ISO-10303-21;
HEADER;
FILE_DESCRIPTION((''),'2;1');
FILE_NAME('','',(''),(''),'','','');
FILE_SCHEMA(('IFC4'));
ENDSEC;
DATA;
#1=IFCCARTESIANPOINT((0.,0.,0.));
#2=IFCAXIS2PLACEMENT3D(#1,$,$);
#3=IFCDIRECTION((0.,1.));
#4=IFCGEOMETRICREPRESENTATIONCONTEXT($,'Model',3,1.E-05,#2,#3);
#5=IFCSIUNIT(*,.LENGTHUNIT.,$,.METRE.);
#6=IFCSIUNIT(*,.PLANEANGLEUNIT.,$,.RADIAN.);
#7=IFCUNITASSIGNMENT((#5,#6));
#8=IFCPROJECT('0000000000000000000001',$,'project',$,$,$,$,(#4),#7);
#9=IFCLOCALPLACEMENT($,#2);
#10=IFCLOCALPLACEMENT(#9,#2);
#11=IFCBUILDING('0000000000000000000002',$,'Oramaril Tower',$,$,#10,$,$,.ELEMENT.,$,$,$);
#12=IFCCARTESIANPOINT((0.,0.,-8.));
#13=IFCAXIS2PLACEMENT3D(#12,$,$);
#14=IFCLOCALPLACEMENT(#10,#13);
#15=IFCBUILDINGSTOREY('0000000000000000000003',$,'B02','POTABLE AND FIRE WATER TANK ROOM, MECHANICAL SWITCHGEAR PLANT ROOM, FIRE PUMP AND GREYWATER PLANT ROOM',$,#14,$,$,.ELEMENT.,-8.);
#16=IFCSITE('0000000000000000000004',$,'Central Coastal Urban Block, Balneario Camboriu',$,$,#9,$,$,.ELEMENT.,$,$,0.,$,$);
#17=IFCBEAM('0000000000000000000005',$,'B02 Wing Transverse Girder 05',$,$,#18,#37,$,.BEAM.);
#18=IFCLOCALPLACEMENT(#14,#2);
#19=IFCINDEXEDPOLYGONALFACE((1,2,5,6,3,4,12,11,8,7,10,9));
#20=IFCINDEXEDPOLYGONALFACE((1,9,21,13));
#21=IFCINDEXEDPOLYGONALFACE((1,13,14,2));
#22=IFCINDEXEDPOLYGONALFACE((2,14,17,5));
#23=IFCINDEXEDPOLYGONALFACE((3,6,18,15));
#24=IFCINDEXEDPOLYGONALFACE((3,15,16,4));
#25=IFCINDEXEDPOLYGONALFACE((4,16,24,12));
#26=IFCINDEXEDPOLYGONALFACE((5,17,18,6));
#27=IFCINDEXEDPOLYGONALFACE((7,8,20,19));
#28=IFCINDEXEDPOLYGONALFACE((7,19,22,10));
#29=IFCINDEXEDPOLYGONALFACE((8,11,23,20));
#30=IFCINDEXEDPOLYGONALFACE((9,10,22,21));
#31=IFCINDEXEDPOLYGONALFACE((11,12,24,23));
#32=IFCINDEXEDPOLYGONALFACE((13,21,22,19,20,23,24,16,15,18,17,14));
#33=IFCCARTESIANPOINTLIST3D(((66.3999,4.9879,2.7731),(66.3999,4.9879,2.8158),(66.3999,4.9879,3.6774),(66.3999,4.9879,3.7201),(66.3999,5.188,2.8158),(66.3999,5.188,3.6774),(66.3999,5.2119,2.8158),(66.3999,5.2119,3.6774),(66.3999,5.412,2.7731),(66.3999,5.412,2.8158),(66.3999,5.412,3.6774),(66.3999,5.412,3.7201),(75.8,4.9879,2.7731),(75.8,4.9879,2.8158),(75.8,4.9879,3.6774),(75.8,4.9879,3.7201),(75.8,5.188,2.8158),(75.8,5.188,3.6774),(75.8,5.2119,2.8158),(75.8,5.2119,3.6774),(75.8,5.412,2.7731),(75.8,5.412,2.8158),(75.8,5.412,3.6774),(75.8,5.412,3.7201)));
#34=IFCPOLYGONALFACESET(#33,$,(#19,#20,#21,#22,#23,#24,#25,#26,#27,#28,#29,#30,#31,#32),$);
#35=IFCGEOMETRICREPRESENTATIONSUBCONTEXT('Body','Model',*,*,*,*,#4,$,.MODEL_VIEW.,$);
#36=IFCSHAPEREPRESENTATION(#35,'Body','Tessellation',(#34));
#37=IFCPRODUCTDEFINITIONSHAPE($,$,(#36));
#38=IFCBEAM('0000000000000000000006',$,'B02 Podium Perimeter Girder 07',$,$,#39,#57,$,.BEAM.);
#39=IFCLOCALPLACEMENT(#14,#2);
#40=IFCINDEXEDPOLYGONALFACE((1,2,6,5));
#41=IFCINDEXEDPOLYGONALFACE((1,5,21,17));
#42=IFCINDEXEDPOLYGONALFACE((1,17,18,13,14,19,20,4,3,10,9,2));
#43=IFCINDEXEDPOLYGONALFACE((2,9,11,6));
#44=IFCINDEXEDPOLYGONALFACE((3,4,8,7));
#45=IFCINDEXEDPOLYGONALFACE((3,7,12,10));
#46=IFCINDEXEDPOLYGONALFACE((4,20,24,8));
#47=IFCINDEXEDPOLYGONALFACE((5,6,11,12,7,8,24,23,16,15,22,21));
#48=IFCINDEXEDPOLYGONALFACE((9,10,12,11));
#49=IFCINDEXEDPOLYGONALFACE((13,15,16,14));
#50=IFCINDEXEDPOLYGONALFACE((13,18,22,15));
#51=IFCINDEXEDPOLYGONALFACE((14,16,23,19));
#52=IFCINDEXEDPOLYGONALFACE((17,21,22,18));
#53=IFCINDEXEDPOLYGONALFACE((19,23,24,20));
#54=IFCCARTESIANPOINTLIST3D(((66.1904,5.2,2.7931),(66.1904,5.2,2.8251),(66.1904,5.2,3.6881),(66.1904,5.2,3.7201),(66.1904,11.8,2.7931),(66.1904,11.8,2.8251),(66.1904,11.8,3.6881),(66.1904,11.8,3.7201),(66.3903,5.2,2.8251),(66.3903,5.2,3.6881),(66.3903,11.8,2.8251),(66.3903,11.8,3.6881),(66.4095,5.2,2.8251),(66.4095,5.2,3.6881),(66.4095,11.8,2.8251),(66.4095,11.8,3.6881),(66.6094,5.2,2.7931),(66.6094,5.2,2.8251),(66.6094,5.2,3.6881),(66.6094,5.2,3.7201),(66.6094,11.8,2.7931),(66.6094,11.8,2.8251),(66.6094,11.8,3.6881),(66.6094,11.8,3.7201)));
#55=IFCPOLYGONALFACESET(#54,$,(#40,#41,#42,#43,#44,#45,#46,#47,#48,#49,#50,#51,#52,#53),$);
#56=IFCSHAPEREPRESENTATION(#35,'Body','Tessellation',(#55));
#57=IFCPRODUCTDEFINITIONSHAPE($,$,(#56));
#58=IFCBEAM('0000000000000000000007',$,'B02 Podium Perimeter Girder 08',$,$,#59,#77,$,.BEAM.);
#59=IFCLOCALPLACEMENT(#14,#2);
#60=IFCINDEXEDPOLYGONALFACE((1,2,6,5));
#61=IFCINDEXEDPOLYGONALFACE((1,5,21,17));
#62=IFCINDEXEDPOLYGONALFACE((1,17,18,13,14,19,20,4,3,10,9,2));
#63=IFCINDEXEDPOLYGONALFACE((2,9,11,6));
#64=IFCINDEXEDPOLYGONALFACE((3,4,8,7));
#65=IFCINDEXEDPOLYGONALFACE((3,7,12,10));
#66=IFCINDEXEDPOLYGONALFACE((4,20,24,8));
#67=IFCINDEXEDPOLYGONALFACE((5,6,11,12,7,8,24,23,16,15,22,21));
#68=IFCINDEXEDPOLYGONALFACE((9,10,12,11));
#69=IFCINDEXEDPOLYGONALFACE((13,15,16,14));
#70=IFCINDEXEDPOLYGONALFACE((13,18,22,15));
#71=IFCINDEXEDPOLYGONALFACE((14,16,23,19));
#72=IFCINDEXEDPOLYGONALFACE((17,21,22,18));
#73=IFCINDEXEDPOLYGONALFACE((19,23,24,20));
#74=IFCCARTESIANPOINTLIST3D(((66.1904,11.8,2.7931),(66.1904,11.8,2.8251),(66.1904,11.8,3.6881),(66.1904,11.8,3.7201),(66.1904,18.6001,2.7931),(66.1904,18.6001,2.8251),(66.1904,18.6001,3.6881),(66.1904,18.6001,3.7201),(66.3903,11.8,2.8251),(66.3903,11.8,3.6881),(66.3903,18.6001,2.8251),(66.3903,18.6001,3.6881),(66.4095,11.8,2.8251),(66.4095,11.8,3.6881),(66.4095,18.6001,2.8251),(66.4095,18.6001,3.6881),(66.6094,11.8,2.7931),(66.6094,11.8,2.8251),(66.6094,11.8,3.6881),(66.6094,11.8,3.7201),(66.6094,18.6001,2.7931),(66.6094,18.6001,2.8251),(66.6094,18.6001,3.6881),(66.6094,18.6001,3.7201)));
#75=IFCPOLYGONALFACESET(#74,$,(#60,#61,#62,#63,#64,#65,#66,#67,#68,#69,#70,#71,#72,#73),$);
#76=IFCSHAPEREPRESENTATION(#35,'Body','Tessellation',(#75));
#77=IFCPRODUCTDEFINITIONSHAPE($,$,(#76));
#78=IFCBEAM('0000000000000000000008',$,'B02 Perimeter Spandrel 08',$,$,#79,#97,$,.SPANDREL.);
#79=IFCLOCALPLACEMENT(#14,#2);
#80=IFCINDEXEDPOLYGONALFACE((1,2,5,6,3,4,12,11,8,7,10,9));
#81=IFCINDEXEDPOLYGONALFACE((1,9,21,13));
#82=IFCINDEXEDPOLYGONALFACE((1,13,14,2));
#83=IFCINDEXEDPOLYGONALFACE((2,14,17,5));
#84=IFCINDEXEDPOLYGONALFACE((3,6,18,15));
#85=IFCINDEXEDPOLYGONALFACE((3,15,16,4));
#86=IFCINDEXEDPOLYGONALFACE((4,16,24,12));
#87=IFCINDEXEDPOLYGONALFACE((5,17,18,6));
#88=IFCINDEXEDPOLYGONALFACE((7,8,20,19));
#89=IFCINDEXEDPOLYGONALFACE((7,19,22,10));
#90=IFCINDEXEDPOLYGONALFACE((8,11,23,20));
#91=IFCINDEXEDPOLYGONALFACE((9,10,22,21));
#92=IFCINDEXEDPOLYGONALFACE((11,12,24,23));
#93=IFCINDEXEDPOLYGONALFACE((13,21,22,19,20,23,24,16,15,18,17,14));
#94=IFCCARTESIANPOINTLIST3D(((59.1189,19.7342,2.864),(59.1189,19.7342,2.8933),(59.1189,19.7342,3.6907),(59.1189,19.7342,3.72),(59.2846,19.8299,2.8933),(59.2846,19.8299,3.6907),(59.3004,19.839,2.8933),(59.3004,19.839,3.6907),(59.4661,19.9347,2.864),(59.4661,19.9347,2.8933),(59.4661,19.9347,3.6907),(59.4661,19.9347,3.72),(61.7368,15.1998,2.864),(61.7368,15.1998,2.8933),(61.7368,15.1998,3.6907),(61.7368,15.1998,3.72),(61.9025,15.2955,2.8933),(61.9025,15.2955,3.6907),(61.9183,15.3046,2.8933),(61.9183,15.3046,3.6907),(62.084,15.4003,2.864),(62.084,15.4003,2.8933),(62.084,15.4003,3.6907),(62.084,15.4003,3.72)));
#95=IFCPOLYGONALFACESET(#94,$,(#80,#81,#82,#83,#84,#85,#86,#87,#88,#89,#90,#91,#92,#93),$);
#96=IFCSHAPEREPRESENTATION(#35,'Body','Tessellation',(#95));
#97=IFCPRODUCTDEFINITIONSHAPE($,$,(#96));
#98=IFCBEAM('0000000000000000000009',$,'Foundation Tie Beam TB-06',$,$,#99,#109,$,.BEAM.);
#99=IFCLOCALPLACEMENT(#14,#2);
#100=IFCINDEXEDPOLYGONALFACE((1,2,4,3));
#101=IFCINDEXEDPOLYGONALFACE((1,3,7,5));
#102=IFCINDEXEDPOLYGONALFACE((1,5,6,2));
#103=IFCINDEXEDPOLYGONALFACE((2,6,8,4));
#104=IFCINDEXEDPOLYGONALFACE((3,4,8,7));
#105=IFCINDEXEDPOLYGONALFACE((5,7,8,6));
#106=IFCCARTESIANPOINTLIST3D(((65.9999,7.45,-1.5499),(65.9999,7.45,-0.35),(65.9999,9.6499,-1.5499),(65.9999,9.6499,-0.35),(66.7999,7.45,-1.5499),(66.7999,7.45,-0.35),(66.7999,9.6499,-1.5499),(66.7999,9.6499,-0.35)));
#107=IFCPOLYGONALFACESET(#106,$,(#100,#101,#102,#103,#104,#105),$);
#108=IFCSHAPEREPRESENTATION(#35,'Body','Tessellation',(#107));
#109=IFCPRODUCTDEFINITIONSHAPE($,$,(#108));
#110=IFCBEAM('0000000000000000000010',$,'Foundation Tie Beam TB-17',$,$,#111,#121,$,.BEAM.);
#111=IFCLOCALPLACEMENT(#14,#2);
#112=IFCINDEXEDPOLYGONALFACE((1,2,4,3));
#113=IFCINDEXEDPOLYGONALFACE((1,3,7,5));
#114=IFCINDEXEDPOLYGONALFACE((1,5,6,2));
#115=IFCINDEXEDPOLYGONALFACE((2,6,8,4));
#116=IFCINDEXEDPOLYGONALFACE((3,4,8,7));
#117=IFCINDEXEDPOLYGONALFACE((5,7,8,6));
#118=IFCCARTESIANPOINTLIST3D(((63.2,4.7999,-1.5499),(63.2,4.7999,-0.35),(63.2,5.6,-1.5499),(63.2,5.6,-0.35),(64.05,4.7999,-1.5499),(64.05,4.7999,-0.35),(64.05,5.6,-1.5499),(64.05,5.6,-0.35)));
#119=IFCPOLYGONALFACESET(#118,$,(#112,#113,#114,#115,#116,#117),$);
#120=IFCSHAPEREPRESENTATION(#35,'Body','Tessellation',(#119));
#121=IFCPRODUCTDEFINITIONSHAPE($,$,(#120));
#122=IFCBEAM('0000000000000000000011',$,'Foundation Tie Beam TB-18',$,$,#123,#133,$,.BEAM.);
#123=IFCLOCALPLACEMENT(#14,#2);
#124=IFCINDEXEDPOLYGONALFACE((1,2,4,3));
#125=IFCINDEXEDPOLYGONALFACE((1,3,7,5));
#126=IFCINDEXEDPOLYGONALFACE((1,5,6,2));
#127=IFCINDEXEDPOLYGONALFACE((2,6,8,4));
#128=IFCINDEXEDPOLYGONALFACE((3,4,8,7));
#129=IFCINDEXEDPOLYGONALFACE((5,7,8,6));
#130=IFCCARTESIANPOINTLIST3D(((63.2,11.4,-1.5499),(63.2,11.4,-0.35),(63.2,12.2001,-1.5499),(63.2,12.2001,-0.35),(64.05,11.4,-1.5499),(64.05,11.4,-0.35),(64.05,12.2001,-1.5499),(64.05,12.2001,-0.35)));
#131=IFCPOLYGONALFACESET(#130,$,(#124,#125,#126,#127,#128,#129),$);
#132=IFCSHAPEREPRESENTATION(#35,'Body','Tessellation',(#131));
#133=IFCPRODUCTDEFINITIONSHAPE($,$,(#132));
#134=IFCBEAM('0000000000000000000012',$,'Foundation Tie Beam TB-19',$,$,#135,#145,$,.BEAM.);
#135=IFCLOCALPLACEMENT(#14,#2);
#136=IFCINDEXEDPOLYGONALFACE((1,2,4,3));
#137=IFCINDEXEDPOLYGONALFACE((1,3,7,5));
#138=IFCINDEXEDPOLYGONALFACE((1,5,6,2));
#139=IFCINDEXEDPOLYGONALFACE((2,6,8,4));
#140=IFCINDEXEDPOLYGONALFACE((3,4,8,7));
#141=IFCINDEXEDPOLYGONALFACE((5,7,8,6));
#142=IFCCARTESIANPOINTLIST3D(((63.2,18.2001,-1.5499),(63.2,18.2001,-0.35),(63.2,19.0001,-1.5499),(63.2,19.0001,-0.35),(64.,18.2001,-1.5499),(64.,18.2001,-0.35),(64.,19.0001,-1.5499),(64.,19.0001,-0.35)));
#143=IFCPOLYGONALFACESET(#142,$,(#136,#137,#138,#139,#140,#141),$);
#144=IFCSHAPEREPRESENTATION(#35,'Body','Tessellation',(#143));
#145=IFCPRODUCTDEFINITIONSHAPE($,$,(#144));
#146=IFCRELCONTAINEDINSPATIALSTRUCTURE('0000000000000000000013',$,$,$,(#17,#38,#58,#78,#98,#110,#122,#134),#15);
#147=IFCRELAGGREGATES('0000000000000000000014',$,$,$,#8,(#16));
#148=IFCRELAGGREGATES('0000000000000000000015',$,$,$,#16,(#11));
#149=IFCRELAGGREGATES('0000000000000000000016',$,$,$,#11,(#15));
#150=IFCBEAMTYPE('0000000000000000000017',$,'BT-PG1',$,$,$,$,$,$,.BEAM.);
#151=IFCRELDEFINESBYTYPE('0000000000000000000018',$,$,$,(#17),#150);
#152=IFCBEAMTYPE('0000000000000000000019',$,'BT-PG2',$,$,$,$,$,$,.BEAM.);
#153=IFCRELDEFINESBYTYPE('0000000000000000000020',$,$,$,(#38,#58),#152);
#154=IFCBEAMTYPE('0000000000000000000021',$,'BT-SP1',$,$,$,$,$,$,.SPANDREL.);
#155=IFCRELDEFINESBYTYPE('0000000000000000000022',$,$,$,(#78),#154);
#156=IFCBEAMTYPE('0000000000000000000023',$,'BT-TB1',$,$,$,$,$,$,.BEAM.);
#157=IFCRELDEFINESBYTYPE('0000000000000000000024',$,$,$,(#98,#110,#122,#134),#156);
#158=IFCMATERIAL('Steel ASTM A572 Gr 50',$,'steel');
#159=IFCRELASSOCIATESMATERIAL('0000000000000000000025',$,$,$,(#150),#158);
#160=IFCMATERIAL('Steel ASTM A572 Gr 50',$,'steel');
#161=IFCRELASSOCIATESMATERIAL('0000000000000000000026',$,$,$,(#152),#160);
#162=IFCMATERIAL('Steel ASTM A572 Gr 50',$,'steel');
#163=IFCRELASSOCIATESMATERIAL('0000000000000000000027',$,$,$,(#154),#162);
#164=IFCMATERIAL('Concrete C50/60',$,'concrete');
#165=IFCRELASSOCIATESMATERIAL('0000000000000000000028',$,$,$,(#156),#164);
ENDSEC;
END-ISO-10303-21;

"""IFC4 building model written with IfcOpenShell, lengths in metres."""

from ifc_helpers import new_model, si_unit, direction, frame, origin, origin_2d, place, context, subcontext, project, spatial, rectangle, i_section, extrude, material, material_profile, profile_set, type_object, element, save


model = new_model("IFC4")

# Units and contexts
model_context = context("Model", 3, precision=1e-05, world=origin(), true_north=direction((0.0, 1.0)))
body_context = subcontext(model_context, "Body", "Model", "MODEL_VIEW")
ifc_project = project(units=[si_unit("LENGTHUNIT", "METRE"), si_unit("PLANEANGLEUNIT", "RADIAN")], contexts=[model_context])

# Site, building, storey
site_placement = place(None, origin())
site = spatial("IfcSite", under=ifc_project, at=site_placement, Name="Central Coastal Urban Block, Balneario Camboriu", CompositionType="ELEMENT", RefElevation=0.0)
building_placement = place(site_placement, origin())
building = spatial("IfcBuilding", under=site, at=building_placement, Name="Oramaril Tower", CompositionType="ELEMENT")
storey_placement = place(building_placement, frame((0.0, 0.0, -8.0)))
storey = spatial("IfcBuildingStorey", under=building, at=storey_placement, Name="B02", Description="POTABLE AND FIRE WATER TANK ROOM, MECHANICAL SWITCHGEAR PLANT ROOM, FIRE PUMP AND GREYWATER PLANT ROOM", CompositionType="ELEMENT", Elevation=-8.0)

# Beams
ifc_material_1 = material(Name="Steel ASTM A572 Gr 50", Category="steel")
ifc_material_profile_1 = material_profile(ifc_material_1, i_section(OverallWidth=0.4241, OverallDepth=0.947, WebThickness=0.0239, FlangeThickness=0.0427, at=origin_2d()), Name="W36X302")
ifc_profile_set_1 = profile_set([ifc_material_profile_1], Name="Steel ASTM A572 Gr 50")
beam_type_1 = type_object("IfcBeamType", Name="BT-PG1", PredefinedType="BEAM", material=ifc_profile_set_1)
beam_1_placement = place(storey_placement, frame((66.3999, 5.2, 3.2466), z_axis=(1.0, 0.0, 0.0), x_axis=(0.0, 1.0, 0.0)))
element("IfcBeam", 1, at=beam_1_placement, inside=storey, type_object=beam_type_1, Name="B02 Wing Transverse Girder 05", PredefinedType="BEAM", context=body_context, shape_type="SweptSolid", body=[
    extrude(i_section(OverallWidth=0.4241, OverallDepth=0.947, WebThickness=0.0239, FlangeThickness=0.0427, at=origin_2d()), origin(), (0.0, 0.0, 1.0), 9.4001),
])
ifc_material_2 = material(Name="Steel ASTM A572 Gr 50", Category="steel")
ifc_material_profile_2 = material_profile(ifc_material_2, i_section(OverallWidth=0.4189, OverallDepth=0.927, WebThickness=0.0193, FlangeThickness=0.032, at=origin_2d()), Name="W36X231")
ifc_profile_set_2 = profile_set([ifc_material_profile_2], Name="Steel ASTM A572 Gr 50")
beam_type_2 = type_object("IfcBeamType", Name="BT-PG2", PredefinedType="BEAM", material=ifc_profile_set_2)
beam_2_placement = place(storey_placement, frame((66.3999, 5.2, 3.2566), z_axis=(0.0, 1.0, 0.0), x_axis=(-1.0, 0.0, 0.0)))
element("IfcBeam", 2, at=beam_2_placement, inside=storey, type_object=beam_type_2, Name="B02 Podium Perimeter Girder 07", PredefinedType="BEAM", context=body_context, shape_type="SweptSolid", body=[
    extrude(i_section(OverallWidth=0.4189, OverallDepth=0.927, WebThickness=0.0193, FlangeThickness=0.032, at=origin_2d()), origin(), (0.0, 0.0, 1.0), 6.6001),
])
beam_3_placement = place(storey_placement, frame((66.3999, 11.8, 3.2566), z_axis=(0.0, 1.0, 0.0), x_axis=(-1.0, 0.0, 0.0)))
element("IfcBeam", 3, at=beam_3_placement, inside=storey, type_object=beam_type_2, Name="B02 Podium Perimeter Girder 08", PredefinedType="BEAM", context=body_context, shape_type="SweptSolid", body=[
    extrude(i_section(OverallWidth=0.4189, OverallDepth=0.927, WebThickness=0.0193, FlangeThickness=0.032, at=origin_2d()), origin(), (0.0, 0.0, 1.0), 6.8),
])
ifc_material_3 = material(Name="Steel ASTM A572 Gr 50", Category="steel")
ifc_material_profile_3 = material_profile(ifc_material_3, i_section(OverallWidth=0.4009, OverallDepth=0.856, WebThickness=0.0183, FlangeThickness=0.0293, at=origin_2d()), Name="W33X201")
ifc_profile_set_3 = profile_set([ifc_material_profile_3], Name="Steel ASTM A572 Gr 50")
beam_type_3 = type_object("IfcBeamType", Name="BT-SP1", PredefinedType="SPANDREL", material=ifc_profile_set_3)
beam_4_placement = place(storey_placement, frame((61.9104, 15.3, 3.292), z_axis=(-0.499996, 0.866028, 0.0), x_axis=(-0.866028, -0.499996, 0.0)))
element("IfcBeam", 4, at=beam_4_placement, inside=storey, type_object=beam_type_3, Name="B02 Perimeter Spandrel 08", PredefinedType="SPANDREL", context=body_context, shape_type="SweptSolid", body=[
    extrude(i_section(OverallWidth=0.4009, OverallDepth=0.856, WebThickness=0.0183, FlangeThickness=0.0293, at=origin_2d()), origin(), (0.0, 0.0, 1.0), 5.2358),
])
ifc_material_4 = material(Name="Concrete C50/60", Category="concrete")
ifc_material_profile_4 = material_profile(ifc_material_4, rectangle(XDim=0.8, YDim=1.2, at=origin_2d()), Name="TB800X1200")
ifc_profile_set_4 = profile_set([ifc_material_profile_4], Name="Concrete C50/60")
beam_type_4 = type_object("IfcBeamType", Name="BT-TB1", PredefinedType="BEAM", material=ifc_profile_set_4)
beam_5_placement = place(storey_placement, frame((66.3999, 7.45, -0.95), z_axis=(0.0, 1.0, 0.0), x_axis=(-1.0, 0.0, 0.0)))
element("IfcBeam", 5, at=beam_5_placement, inside=storey, type_object=beam_type_4, Name="Foundation Tie Beam TB-06", PredefinedType="BEAM", context=body_context, shape_type="SweptSolid", body=[
    extrude(rectangle(XDim=0.8, YDim=1.2, at=origin_2d()), origin(), (0.0, 0.0, 1.0), 2.2),
])
for number, where, z_axis, x_axis, name in (
    (6, (63.2, 5.2, -0.95), (1.0, 0.0, 0.0), (0.0, 1.0, 0.0), "Foundation Tie Beam TB-17"),
    (7, (63.2, 11.8, -0.95), (1.0, 0.0, 0.0), (0.0, 1.0, 0.0), "Foundation Tie Beam TB-18"),
):
    element("IfcBeam", number, at=place(storey_placement, frame(where, z_axis=z_axis, x_axis=x_axis)), inside=storey, type_object=beam_type_4, Name=name, PredefinedType="BEAM", context=body_context, shape_type="SweptSolid", body=[
        extrude(rectangle(XDim=0.8, YDim=1.2, at=origin_2d()), origin(), (0.0, 0.0, 1.0), 0.8501),
    ])
beam_6_placement = place(storey_placement, frame((63.2, 18.6001, -0.95), z_axis=(1.0, 0.0, 0.0), x_axis=(0.0, 1.0, 0.0)))
element("IfcBeam", 8, at=beam_6_placement, inside=storey, type_object=beam_type_4, Name="Foundation Tie Beam TB-19", PredefinedType="BEAM", context=body_context, shape_type="SweptSolid", body=[
    extrude(rectangle(XDim=0.8, YDim=1.2, at=origin_2d()), origin(), (0.0, 0.0, 1.0), 0.8),
])

save(model, "model.ifc")
